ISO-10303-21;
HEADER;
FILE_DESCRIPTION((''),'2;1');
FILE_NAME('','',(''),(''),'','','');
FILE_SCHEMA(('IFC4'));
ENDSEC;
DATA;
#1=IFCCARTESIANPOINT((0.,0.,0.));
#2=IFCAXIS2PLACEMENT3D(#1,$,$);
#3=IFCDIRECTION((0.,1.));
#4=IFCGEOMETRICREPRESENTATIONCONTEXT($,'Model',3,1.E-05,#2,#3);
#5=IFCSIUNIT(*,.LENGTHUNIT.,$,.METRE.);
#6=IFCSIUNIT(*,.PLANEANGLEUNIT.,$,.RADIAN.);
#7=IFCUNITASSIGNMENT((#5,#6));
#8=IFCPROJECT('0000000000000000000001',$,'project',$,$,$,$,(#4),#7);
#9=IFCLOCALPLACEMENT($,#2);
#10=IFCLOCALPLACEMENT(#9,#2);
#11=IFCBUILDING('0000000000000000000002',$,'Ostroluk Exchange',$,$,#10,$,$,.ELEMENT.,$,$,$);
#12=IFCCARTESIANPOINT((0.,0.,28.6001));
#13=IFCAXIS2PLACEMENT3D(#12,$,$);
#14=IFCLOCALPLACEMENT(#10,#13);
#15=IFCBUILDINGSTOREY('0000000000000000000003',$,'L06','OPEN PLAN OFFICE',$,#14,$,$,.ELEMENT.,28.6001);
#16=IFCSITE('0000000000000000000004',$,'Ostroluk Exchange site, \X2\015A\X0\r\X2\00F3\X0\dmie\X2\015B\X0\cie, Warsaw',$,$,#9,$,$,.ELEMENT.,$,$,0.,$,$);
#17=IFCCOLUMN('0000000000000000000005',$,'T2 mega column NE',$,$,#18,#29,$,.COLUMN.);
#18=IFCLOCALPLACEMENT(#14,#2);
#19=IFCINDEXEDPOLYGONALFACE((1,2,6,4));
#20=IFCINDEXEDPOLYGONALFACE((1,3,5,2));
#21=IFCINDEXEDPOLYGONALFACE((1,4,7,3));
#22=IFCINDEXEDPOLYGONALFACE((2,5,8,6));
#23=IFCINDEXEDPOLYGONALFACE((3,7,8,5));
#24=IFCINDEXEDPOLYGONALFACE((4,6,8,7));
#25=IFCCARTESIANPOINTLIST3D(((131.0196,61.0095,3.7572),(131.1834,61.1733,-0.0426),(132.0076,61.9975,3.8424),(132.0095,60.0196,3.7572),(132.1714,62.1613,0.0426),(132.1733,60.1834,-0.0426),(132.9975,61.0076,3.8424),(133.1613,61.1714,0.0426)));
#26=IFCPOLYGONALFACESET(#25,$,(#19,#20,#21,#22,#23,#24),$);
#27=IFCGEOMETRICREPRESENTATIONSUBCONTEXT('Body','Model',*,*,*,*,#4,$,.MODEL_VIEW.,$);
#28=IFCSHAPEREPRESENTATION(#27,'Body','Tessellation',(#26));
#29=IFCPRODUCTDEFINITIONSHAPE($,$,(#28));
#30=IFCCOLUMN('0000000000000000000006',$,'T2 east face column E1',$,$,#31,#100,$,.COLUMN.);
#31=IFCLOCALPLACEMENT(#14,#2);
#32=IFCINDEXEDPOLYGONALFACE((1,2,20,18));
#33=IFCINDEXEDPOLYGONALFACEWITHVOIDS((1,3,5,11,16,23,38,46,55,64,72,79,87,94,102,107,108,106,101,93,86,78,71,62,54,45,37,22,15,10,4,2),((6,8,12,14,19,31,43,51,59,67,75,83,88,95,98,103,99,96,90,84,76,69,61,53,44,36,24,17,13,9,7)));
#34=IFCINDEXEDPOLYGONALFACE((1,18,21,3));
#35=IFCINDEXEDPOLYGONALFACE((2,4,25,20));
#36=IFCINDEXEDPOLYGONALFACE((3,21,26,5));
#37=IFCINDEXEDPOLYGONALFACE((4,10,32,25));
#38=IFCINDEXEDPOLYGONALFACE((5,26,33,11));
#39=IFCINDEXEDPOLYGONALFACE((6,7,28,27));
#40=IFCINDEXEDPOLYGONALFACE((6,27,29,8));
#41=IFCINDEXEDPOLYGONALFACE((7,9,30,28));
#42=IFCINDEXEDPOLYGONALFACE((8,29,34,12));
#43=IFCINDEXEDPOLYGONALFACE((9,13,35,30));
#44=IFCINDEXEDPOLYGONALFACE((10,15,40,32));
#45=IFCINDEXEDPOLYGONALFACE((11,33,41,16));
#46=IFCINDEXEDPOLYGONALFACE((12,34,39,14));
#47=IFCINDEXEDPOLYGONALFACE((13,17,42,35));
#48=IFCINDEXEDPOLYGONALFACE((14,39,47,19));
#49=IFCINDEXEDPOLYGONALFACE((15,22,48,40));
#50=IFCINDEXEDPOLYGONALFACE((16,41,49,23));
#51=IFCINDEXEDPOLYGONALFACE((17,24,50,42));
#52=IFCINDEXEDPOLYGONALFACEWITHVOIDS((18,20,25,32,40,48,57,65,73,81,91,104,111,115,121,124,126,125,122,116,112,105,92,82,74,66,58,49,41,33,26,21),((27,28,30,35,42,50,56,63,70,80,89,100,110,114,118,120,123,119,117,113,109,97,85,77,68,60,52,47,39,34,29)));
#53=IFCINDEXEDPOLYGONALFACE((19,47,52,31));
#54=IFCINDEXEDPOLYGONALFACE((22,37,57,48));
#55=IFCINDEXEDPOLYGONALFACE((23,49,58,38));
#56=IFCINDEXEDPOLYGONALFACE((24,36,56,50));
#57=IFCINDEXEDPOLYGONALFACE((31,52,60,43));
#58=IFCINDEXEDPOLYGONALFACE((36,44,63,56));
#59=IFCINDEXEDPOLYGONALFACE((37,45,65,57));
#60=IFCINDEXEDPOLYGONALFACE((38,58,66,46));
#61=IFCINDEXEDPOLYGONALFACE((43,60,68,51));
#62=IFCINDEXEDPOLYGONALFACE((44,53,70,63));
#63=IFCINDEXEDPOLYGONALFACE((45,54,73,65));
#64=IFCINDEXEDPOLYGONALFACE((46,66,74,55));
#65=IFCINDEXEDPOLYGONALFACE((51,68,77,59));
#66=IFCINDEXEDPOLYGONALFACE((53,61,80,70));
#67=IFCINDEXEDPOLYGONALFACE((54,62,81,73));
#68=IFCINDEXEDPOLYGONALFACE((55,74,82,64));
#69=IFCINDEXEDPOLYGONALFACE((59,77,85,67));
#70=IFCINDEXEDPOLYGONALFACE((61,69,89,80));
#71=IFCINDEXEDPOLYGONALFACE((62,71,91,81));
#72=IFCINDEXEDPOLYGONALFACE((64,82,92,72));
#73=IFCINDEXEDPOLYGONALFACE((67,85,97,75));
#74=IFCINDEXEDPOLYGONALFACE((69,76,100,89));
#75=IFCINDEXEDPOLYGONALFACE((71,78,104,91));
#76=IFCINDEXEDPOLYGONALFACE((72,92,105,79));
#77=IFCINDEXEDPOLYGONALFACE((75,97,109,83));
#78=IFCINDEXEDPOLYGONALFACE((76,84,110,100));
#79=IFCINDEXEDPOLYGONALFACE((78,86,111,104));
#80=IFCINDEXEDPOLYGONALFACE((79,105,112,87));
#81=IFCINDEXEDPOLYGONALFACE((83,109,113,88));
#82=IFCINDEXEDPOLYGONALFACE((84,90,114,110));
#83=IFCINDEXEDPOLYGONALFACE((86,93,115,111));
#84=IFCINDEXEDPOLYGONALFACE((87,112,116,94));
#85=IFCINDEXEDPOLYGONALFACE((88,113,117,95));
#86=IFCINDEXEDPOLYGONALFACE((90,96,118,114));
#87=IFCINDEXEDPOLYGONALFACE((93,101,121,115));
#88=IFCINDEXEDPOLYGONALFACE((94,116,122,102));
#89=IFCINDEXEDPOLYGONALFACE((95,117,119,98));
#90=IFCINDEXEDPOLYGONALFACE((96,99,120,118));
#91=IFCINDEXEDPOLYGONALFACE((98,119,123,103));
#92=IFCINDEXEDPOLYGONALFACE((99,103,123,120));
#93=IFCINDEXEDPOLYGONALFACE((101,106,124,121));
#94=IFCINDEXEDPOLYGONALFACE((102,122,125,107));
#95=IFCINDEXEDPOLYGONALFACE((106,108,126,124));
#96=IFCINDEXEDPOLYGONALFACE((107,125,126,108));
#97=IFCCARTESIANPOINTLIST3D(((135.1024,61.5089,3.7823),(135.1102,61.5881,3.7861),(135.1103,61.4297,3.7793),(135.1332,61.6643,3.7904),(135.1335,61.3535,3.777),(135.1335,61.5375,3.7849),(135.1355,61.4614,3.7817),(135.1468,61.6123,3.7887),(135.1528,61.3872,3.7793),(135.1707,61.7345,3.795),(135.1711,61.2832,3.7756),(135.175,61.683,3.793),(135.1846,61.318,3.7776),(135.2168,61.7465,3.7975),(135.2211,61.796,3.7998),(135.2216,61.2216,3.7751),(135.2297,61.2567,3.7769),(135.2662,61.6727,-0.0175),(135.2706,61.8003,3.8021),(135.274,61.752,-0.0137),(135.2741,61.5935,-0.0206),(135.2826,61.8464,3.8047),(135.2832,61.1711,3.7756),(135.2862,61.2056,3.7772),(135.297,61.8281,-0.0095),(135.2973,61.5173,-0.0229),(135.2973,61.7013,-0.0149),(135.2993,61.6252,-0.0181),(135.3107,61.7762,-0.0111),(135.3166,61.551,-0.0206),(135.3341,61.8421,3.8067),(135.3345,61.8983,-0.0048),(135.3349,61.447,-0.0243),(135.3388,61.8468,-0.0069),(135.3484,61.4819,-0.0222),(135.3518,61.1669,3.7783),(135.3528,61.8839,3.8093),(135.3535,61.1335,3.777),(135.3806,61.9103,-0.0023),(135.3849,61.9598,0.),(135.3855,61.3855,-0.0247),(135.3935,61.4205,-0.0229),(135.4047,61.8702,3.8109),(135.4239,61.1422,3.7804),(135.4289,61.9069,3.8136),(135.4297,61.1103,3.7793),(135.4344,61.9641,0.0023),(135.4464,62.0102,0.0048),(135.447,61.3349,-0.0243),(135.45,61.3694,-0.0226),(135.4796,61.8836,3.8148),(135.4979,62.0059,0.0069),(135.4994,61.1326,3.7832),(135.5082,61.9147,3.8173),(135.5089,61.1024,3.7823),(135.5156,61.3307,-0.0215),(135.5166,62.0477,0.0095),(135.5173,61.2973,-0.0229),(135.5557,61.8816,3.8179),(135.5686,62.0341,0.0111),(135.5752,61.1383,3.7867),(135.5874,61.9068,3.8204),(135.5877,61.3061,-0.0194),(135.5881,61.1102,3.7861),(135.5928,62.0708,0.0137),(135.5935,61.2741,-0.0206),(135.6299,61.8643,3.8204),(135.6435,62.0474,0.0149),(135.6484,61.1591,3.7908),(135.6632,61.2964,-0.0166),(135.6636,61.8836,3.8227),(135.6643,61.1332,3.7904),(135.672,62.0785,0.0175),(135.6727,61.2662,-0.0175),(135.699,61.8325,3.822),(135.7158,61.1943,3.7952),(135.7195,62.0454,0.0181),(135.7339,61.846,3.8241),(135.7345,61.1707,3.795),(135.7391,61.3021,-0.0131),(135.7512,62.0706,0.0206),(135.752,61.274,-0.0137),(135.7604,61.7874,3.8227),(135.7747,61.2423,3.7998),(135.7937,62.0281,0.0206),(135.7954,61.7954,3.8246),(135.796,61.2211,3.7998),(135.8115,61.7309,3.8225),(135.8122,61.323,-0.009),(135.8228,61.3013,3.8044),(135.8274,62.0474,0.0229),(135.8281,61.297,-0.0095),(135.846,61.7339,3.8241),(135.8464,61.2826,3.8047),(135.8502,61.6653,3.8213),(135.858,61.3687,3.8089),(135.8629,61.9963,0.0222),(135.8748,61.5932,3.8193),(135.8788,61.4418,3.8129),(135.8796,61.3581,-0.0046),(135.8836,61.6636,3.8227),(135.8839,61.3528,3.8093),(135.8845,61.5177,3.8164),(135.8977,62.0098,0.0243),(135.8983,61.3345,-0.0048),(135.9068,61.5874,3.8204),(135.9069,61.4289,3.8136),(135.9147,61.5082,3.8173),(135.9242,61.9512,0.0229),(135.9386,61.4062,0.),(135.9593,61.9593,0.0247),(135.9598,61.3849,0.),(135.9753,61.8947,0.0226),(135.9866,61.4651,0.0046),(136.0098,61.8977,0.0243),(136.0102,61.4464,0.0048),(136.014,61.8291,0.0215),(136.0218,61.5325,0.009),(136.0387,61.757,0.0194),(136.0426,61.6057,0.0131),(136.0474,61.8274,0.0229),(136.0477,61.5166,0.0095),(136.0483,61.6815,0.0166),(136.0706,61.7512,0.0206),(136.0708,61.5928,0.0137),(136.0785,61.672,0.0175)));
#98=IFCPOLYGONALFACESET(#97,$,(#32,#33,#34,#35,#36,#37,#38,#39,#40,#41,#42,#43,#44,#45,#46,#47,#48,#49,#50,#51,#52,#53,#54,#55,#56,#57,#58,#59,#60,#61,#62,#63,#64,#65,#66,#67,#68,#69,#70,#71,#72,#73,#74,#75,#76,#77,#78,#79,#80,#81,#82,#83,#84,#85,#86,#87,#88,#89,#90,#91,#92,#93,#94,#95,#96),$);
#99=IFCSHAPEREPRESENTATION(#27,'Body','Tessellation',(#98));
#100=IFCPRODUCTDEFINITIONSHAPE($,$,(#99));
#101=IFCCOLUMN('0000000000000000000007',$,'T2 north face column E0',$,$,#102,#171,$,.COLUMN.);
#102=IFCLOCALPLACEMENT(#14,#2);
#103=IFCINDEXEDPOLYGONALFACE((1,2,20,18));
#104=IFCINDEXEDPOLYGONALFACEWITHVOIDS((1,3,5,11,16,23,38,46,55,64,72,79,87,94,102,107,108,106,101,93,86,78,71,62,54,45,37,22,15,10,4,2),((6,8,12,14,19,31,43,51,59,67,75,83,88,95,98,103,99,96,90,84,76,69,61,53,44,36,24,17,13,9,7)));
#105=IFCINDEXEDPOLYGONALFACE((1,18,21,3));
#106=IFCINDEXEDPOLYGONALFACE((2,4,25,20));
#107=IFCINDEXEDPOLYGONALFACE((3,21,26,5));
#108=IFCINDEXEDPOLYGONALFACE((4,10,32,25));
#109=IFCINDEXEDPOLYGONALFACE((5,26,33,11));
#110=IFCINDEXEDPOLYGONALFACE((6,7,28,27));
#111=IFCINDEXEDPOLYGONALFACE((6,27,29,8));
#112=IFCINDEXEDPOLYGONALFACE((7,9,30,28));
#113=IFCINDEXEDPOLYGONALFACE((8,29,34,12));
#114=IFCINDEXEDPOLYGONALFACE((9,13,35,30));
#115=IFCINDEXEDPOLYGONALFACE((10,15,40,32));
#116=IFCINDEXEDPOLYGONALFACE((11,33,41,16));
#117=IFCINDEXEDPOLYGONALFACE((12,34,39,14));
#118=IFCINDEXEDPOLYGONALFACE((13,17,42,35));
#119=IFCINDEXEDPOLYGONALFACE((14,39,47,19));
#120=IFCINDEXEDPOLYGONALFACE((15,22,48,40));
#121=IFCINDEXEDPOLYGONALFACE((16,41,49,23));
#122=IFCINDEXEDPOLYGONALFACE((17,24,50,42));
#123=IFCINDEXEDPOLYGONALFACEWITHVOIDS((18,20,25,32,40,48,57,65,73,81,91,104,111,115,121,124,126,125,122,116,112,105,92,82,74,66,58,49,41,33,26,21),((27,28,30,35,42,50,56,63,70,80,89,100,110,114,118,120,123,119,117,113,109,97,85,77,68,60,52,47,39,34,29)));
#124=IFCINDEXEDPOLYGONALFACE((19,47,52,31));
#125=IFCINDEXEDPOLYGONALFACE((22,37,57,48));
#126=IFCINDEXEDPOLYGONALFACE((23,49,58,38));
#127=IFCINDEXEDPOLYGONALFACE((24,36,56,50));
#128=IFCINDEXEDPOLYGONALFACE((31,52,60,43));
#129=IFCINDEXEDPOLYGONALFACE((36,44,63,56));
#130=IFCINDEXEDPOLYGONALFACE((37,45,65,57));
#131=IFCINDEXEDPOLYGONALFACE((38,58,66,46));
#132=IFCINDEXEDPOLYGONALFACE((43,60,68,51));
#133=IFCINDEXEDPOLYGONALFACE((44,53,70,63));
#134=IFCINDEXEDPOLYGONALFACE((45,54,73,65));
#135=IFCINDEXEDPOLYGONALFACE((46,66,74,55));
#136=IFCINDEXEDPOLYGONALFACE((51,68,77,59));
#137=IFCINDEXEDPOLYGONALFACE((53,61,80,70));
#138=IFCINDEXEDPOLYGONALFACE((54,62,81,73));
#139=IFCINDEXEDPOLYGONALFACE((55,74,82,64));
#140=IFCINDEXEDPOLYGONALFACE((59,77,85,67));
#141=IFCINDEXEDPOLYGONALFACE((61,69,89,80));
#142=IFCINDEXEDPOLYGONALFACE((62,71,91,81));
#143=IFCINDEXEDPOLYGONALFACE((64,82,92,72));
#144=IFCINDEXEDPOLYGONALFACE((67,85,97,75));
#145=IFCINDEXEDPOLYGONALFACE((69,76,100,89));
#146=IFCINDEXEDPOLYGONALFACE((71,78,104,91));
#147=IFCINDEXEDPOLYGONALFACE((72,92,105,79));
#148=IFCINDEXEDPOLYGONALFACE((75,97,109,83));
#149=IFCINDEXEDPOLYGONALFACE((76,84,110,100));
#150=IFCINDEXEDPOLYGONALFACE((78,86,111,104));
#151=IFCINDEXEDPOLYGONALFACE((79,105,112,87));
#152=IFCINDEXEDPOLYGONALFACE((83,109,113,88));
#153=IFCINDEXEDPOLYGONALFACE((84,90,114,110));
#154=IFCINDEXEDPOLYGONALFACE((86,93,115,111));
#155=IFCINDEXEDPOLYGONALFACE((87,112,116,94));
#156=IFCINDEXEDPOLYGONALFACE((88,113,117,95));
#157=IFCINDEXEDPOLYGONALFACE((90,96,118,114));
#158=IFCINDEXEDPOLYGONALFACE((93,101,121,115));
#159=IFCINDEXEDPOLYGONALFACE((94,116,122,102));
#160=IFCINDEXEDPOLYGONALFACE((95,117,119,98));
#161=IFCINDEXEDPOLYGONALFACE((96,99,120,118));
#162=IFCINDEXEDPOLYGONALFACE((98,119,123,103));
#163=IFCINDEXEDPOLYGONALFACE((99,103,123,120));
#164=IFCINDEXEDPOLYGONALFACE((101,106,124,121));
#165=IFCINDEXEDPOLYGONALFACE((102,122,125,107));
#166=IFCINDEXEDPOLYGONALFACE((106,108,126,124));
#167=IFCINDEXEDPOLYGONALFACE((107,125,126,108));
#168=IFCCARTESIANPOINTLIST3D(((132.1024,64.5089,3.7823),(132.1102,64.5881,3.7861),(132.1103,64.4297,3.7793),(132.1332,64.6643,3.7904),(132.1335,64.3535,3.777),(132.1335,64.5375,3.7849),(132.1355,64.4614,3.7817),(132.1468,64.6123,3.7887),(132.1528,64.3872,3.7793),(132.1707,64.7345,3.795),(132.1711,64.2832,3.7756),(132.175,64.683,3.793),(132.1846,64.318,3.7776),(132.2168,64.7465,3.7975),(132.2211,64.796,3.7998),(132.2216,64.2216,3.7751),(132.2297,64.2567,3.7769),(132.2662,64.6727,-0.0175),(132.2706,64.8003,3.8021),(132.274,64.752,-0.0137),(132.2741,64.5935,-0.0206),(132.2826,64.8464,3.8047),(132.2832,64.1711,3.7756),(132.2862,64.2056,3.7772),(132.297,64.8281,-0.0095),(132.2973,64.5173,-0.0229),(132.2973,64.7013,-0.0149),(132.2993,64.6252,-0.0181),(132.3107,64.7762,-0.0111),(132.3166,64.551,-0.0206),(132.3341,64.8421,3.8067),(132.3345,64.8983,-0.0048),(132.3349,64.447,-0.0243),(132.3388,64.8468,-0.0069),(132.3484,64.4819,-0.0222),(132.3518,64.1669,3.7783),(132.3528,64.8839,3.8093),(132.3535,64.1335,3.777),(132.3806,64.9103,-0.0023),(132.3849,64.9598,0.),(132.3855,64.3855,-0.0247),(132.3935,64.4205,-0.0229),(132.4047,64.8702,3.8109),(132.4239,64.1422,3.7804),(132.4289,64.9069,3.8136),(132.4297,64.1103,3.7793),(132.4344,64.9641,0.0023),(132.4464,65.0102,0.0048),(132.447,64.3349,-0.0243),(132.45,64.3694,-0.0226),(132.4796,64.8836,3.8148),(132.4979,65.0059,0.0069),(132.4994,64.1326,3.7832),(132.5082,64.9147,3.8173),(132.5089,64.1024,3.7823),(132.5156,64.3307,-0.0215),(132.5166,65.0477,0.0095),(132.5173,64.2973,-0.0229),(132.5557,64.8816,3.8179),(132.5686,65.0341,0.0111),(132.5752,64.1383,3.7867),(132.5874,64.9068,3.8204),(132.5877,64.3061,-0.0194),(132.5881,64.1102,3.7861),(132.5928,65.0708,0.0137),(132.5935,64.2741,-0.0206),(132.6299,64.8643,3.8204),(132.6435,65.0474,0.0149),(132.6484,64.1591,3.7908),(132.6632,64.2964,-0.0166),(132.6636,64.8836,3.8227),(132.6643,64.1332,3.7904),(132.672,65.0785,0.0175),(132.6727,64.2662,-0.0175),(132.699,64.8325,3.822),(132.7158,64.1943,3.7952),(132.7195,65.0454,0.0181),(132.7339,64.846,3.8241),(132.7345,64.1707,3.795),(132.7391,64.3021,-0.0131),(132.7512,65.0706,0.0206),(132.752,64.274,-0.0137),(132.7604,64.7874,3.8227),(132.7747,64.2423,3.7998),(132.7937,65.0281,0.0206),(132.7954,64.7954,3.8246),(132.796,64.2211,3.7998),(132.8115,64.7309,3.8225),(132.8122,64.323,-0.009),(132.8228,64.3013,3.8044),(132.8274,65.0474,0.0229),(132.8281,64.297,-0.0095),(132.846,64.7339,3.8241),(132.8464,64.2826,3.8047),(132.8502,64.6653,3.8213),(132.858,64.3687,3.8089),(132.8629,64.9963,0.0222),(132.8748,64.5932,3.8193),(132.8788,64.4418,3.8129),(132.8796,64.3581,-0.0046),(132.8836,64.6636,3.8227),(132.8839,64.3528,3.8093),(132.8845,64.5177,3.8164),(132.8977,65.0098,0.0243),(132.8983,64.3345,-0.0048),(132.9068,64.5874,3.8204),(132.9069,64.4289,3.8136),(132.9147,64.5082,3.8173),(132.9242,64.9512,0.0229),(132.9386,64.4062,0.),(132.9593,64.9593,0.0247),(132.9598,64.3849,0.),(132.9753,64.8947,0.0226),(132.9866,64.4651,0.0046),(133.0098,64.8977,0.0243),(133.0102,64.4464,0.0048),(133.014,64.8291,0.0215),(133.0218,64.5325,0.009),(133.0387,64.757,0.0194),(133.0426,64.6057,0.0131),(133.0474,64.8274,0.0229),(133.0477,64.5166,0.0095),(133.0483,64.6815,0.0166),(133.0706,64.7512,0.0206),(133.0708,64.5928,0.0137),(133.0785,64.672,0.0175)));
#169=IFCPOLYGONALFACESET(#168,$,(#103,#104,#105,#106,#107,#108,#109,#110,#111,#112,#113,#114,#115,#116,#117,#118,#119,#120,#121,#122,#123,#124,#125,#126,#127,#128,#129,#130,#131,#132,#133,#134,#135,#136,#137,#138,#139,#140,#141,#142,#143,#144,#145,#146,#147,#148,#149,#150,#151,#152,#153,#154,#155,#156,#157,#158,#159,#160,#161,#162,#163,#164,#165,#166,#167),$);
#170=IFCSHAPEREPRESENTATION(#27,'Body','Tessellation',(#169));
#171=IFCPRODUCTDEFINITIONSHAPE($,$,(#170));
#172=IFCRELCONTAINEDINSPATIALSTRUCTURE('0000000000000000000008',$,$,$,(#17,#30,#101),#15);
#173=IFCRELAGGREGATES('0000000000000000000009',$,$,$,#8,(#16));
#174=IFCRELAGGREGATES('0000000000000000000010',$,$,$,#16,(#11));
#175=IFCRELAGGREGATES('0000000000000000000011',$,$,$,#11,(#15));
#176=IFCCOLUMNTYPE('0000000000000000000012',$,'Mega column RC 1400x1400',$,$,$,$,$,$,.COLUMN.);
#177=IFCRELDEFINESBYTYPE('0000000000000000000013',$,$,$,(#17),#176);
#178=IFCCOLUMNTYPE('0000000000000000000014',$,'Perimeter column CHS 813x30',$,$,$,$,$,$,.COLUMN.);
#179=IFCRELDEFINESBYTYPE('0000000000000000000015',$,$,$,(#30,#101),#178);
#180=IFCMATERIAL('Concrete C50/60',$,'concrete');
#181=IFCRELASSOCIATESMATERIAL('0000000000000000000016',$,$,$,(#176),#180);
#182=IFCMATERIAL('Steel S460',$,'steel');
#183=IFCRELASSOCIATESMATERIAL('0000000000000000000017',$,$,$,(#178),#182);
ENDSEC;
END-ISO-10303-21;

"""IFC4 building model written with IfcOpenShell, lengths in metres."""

from ifc_helpers import new_model, si_unit, direction, frame, origin, origin_2d, place, context, subcontext, project, spatial, rectangle, hollow_circle, extrude, material, material_profile, profile_set, type_object, element, save


model = new_model("IFC4")

# Units and contexts
model_context = context("Model", 3, precision=1e-05, world=origin(), true_north=direction((0.0, 1.0)))
body_context = subcontext(model_context, "Body", "Model", "MODEL_VIEW")
ifc_project = project(units=[si_unit("LENGTHUNIT", "METRE"), si_unit("PLANEANGLEUNIT", "RADIAN")], contexts=[model_context])

# Site, building, storey
site_placement = place(None, origin())
site = spatial("IfcSite", under=ifc_project, at=site_placement, Name="Ostroluk Exchange site, Śródmieście, Warsaw", CompositionType="ELEMENT", RefElevation=0.0)
building_placement = place(site_placement, origin())
building = spatial("IfcBuilding", under=site, at=building_placement, Name="Ostroluk Exchange", CompositionType="ELEMENT")
storey_placement = place(building_placement, frame((0.0, 0.0, 28.6001)))
storey = spatial("IfcBuildingStorey", under=building, at=storey_placement, Name="L06", Description="OPEN PLAN OFFICE", CompositionType="ELEMENT", Elevation=28.6001)

# Columns
ifc_material_1 = material(Name="Concrete C50/60", Category="concrete")
ifc_material_profile_1 = material_profile(ifc_material_1, rectangle(XDim=1.3999, YDim=1.3999, at=origin_2d()), Name="RC 1400x1400")
ifc_profile_set_1 = profile_set([ifc_material_profile_1], Name="Concrete C50/60")
column_type_1 = type_object("IfcColumnType", Name="Mega column RC 1400x1400", PredefinedType="COLUMN", material=ifc_profile_set_1)
column_placement = place(storey_placement, frame((132.1724, 61.1724, 0.0), z_axis=(-0.043032, -0.043032, 0.998146), x_axis=(0.707107, -0.707107, 0.0)))
element("IfcColumn", 1, at=column_placement, inside=storey, type_object=column_type_1, Name="T2 mega column NE", PredefinedType="COLUMN", context=body_context, shape_type="SweptSolid", body=[
    extrude(rectangle(XDim=1.3999, YDim=1.3999, at=origin_2d()), origin(), (0.0, 0.0, 1.0), 3.8069),
])
ifc_material_2 = material(Name="Steel S460", Category="steel")
ifc_material_profile_2 = material_profile(ifc_material_2, hollow_circle(Radius=0.4065, WallThickness=0.03, at=origin_2d()), Name="CHS 813x30")
ifc_profile_set_2 = profile_set([ifc_material_profile_2], Name="Steel S460")
column_type_2 = type_object("IfcColumnType", Name="Perimeter column CHS 813x30", PredefinedType="COLUMN", material=ifc_profile_set_2)
for number, where, z_axis, x_axis, name in (
    (2, (135.6724, 61.6724, 0.0), (-0.043032, -0.043032, 0.998146), (0.707107, -0.707107, 0.0), "T2 east face column E1"),
    (3, (132.6724, 64.6724, 0.0), (-0.043032, -0.043032, 0.998146), (0.707107, -0.707107, 0.0), "T2 north face column E0"),
):
    element("IfcColumn", number, at=place(storey_placement, frame(where, z_axis=z_axis, x_axis=x_axis)), inside=storey, type_object=column_type_2, Name=name, PredefinedType="COLUMN", context=body_context, shape_type="SweptSolid", body=[
        extrude(hollow_circle(Radius=0.4065, WallThickness=0.03, at=origin_2d()), origin(), (0.0, 0.0, 1.0), 3.8069),
    ])

save(model, "model.ifc")
